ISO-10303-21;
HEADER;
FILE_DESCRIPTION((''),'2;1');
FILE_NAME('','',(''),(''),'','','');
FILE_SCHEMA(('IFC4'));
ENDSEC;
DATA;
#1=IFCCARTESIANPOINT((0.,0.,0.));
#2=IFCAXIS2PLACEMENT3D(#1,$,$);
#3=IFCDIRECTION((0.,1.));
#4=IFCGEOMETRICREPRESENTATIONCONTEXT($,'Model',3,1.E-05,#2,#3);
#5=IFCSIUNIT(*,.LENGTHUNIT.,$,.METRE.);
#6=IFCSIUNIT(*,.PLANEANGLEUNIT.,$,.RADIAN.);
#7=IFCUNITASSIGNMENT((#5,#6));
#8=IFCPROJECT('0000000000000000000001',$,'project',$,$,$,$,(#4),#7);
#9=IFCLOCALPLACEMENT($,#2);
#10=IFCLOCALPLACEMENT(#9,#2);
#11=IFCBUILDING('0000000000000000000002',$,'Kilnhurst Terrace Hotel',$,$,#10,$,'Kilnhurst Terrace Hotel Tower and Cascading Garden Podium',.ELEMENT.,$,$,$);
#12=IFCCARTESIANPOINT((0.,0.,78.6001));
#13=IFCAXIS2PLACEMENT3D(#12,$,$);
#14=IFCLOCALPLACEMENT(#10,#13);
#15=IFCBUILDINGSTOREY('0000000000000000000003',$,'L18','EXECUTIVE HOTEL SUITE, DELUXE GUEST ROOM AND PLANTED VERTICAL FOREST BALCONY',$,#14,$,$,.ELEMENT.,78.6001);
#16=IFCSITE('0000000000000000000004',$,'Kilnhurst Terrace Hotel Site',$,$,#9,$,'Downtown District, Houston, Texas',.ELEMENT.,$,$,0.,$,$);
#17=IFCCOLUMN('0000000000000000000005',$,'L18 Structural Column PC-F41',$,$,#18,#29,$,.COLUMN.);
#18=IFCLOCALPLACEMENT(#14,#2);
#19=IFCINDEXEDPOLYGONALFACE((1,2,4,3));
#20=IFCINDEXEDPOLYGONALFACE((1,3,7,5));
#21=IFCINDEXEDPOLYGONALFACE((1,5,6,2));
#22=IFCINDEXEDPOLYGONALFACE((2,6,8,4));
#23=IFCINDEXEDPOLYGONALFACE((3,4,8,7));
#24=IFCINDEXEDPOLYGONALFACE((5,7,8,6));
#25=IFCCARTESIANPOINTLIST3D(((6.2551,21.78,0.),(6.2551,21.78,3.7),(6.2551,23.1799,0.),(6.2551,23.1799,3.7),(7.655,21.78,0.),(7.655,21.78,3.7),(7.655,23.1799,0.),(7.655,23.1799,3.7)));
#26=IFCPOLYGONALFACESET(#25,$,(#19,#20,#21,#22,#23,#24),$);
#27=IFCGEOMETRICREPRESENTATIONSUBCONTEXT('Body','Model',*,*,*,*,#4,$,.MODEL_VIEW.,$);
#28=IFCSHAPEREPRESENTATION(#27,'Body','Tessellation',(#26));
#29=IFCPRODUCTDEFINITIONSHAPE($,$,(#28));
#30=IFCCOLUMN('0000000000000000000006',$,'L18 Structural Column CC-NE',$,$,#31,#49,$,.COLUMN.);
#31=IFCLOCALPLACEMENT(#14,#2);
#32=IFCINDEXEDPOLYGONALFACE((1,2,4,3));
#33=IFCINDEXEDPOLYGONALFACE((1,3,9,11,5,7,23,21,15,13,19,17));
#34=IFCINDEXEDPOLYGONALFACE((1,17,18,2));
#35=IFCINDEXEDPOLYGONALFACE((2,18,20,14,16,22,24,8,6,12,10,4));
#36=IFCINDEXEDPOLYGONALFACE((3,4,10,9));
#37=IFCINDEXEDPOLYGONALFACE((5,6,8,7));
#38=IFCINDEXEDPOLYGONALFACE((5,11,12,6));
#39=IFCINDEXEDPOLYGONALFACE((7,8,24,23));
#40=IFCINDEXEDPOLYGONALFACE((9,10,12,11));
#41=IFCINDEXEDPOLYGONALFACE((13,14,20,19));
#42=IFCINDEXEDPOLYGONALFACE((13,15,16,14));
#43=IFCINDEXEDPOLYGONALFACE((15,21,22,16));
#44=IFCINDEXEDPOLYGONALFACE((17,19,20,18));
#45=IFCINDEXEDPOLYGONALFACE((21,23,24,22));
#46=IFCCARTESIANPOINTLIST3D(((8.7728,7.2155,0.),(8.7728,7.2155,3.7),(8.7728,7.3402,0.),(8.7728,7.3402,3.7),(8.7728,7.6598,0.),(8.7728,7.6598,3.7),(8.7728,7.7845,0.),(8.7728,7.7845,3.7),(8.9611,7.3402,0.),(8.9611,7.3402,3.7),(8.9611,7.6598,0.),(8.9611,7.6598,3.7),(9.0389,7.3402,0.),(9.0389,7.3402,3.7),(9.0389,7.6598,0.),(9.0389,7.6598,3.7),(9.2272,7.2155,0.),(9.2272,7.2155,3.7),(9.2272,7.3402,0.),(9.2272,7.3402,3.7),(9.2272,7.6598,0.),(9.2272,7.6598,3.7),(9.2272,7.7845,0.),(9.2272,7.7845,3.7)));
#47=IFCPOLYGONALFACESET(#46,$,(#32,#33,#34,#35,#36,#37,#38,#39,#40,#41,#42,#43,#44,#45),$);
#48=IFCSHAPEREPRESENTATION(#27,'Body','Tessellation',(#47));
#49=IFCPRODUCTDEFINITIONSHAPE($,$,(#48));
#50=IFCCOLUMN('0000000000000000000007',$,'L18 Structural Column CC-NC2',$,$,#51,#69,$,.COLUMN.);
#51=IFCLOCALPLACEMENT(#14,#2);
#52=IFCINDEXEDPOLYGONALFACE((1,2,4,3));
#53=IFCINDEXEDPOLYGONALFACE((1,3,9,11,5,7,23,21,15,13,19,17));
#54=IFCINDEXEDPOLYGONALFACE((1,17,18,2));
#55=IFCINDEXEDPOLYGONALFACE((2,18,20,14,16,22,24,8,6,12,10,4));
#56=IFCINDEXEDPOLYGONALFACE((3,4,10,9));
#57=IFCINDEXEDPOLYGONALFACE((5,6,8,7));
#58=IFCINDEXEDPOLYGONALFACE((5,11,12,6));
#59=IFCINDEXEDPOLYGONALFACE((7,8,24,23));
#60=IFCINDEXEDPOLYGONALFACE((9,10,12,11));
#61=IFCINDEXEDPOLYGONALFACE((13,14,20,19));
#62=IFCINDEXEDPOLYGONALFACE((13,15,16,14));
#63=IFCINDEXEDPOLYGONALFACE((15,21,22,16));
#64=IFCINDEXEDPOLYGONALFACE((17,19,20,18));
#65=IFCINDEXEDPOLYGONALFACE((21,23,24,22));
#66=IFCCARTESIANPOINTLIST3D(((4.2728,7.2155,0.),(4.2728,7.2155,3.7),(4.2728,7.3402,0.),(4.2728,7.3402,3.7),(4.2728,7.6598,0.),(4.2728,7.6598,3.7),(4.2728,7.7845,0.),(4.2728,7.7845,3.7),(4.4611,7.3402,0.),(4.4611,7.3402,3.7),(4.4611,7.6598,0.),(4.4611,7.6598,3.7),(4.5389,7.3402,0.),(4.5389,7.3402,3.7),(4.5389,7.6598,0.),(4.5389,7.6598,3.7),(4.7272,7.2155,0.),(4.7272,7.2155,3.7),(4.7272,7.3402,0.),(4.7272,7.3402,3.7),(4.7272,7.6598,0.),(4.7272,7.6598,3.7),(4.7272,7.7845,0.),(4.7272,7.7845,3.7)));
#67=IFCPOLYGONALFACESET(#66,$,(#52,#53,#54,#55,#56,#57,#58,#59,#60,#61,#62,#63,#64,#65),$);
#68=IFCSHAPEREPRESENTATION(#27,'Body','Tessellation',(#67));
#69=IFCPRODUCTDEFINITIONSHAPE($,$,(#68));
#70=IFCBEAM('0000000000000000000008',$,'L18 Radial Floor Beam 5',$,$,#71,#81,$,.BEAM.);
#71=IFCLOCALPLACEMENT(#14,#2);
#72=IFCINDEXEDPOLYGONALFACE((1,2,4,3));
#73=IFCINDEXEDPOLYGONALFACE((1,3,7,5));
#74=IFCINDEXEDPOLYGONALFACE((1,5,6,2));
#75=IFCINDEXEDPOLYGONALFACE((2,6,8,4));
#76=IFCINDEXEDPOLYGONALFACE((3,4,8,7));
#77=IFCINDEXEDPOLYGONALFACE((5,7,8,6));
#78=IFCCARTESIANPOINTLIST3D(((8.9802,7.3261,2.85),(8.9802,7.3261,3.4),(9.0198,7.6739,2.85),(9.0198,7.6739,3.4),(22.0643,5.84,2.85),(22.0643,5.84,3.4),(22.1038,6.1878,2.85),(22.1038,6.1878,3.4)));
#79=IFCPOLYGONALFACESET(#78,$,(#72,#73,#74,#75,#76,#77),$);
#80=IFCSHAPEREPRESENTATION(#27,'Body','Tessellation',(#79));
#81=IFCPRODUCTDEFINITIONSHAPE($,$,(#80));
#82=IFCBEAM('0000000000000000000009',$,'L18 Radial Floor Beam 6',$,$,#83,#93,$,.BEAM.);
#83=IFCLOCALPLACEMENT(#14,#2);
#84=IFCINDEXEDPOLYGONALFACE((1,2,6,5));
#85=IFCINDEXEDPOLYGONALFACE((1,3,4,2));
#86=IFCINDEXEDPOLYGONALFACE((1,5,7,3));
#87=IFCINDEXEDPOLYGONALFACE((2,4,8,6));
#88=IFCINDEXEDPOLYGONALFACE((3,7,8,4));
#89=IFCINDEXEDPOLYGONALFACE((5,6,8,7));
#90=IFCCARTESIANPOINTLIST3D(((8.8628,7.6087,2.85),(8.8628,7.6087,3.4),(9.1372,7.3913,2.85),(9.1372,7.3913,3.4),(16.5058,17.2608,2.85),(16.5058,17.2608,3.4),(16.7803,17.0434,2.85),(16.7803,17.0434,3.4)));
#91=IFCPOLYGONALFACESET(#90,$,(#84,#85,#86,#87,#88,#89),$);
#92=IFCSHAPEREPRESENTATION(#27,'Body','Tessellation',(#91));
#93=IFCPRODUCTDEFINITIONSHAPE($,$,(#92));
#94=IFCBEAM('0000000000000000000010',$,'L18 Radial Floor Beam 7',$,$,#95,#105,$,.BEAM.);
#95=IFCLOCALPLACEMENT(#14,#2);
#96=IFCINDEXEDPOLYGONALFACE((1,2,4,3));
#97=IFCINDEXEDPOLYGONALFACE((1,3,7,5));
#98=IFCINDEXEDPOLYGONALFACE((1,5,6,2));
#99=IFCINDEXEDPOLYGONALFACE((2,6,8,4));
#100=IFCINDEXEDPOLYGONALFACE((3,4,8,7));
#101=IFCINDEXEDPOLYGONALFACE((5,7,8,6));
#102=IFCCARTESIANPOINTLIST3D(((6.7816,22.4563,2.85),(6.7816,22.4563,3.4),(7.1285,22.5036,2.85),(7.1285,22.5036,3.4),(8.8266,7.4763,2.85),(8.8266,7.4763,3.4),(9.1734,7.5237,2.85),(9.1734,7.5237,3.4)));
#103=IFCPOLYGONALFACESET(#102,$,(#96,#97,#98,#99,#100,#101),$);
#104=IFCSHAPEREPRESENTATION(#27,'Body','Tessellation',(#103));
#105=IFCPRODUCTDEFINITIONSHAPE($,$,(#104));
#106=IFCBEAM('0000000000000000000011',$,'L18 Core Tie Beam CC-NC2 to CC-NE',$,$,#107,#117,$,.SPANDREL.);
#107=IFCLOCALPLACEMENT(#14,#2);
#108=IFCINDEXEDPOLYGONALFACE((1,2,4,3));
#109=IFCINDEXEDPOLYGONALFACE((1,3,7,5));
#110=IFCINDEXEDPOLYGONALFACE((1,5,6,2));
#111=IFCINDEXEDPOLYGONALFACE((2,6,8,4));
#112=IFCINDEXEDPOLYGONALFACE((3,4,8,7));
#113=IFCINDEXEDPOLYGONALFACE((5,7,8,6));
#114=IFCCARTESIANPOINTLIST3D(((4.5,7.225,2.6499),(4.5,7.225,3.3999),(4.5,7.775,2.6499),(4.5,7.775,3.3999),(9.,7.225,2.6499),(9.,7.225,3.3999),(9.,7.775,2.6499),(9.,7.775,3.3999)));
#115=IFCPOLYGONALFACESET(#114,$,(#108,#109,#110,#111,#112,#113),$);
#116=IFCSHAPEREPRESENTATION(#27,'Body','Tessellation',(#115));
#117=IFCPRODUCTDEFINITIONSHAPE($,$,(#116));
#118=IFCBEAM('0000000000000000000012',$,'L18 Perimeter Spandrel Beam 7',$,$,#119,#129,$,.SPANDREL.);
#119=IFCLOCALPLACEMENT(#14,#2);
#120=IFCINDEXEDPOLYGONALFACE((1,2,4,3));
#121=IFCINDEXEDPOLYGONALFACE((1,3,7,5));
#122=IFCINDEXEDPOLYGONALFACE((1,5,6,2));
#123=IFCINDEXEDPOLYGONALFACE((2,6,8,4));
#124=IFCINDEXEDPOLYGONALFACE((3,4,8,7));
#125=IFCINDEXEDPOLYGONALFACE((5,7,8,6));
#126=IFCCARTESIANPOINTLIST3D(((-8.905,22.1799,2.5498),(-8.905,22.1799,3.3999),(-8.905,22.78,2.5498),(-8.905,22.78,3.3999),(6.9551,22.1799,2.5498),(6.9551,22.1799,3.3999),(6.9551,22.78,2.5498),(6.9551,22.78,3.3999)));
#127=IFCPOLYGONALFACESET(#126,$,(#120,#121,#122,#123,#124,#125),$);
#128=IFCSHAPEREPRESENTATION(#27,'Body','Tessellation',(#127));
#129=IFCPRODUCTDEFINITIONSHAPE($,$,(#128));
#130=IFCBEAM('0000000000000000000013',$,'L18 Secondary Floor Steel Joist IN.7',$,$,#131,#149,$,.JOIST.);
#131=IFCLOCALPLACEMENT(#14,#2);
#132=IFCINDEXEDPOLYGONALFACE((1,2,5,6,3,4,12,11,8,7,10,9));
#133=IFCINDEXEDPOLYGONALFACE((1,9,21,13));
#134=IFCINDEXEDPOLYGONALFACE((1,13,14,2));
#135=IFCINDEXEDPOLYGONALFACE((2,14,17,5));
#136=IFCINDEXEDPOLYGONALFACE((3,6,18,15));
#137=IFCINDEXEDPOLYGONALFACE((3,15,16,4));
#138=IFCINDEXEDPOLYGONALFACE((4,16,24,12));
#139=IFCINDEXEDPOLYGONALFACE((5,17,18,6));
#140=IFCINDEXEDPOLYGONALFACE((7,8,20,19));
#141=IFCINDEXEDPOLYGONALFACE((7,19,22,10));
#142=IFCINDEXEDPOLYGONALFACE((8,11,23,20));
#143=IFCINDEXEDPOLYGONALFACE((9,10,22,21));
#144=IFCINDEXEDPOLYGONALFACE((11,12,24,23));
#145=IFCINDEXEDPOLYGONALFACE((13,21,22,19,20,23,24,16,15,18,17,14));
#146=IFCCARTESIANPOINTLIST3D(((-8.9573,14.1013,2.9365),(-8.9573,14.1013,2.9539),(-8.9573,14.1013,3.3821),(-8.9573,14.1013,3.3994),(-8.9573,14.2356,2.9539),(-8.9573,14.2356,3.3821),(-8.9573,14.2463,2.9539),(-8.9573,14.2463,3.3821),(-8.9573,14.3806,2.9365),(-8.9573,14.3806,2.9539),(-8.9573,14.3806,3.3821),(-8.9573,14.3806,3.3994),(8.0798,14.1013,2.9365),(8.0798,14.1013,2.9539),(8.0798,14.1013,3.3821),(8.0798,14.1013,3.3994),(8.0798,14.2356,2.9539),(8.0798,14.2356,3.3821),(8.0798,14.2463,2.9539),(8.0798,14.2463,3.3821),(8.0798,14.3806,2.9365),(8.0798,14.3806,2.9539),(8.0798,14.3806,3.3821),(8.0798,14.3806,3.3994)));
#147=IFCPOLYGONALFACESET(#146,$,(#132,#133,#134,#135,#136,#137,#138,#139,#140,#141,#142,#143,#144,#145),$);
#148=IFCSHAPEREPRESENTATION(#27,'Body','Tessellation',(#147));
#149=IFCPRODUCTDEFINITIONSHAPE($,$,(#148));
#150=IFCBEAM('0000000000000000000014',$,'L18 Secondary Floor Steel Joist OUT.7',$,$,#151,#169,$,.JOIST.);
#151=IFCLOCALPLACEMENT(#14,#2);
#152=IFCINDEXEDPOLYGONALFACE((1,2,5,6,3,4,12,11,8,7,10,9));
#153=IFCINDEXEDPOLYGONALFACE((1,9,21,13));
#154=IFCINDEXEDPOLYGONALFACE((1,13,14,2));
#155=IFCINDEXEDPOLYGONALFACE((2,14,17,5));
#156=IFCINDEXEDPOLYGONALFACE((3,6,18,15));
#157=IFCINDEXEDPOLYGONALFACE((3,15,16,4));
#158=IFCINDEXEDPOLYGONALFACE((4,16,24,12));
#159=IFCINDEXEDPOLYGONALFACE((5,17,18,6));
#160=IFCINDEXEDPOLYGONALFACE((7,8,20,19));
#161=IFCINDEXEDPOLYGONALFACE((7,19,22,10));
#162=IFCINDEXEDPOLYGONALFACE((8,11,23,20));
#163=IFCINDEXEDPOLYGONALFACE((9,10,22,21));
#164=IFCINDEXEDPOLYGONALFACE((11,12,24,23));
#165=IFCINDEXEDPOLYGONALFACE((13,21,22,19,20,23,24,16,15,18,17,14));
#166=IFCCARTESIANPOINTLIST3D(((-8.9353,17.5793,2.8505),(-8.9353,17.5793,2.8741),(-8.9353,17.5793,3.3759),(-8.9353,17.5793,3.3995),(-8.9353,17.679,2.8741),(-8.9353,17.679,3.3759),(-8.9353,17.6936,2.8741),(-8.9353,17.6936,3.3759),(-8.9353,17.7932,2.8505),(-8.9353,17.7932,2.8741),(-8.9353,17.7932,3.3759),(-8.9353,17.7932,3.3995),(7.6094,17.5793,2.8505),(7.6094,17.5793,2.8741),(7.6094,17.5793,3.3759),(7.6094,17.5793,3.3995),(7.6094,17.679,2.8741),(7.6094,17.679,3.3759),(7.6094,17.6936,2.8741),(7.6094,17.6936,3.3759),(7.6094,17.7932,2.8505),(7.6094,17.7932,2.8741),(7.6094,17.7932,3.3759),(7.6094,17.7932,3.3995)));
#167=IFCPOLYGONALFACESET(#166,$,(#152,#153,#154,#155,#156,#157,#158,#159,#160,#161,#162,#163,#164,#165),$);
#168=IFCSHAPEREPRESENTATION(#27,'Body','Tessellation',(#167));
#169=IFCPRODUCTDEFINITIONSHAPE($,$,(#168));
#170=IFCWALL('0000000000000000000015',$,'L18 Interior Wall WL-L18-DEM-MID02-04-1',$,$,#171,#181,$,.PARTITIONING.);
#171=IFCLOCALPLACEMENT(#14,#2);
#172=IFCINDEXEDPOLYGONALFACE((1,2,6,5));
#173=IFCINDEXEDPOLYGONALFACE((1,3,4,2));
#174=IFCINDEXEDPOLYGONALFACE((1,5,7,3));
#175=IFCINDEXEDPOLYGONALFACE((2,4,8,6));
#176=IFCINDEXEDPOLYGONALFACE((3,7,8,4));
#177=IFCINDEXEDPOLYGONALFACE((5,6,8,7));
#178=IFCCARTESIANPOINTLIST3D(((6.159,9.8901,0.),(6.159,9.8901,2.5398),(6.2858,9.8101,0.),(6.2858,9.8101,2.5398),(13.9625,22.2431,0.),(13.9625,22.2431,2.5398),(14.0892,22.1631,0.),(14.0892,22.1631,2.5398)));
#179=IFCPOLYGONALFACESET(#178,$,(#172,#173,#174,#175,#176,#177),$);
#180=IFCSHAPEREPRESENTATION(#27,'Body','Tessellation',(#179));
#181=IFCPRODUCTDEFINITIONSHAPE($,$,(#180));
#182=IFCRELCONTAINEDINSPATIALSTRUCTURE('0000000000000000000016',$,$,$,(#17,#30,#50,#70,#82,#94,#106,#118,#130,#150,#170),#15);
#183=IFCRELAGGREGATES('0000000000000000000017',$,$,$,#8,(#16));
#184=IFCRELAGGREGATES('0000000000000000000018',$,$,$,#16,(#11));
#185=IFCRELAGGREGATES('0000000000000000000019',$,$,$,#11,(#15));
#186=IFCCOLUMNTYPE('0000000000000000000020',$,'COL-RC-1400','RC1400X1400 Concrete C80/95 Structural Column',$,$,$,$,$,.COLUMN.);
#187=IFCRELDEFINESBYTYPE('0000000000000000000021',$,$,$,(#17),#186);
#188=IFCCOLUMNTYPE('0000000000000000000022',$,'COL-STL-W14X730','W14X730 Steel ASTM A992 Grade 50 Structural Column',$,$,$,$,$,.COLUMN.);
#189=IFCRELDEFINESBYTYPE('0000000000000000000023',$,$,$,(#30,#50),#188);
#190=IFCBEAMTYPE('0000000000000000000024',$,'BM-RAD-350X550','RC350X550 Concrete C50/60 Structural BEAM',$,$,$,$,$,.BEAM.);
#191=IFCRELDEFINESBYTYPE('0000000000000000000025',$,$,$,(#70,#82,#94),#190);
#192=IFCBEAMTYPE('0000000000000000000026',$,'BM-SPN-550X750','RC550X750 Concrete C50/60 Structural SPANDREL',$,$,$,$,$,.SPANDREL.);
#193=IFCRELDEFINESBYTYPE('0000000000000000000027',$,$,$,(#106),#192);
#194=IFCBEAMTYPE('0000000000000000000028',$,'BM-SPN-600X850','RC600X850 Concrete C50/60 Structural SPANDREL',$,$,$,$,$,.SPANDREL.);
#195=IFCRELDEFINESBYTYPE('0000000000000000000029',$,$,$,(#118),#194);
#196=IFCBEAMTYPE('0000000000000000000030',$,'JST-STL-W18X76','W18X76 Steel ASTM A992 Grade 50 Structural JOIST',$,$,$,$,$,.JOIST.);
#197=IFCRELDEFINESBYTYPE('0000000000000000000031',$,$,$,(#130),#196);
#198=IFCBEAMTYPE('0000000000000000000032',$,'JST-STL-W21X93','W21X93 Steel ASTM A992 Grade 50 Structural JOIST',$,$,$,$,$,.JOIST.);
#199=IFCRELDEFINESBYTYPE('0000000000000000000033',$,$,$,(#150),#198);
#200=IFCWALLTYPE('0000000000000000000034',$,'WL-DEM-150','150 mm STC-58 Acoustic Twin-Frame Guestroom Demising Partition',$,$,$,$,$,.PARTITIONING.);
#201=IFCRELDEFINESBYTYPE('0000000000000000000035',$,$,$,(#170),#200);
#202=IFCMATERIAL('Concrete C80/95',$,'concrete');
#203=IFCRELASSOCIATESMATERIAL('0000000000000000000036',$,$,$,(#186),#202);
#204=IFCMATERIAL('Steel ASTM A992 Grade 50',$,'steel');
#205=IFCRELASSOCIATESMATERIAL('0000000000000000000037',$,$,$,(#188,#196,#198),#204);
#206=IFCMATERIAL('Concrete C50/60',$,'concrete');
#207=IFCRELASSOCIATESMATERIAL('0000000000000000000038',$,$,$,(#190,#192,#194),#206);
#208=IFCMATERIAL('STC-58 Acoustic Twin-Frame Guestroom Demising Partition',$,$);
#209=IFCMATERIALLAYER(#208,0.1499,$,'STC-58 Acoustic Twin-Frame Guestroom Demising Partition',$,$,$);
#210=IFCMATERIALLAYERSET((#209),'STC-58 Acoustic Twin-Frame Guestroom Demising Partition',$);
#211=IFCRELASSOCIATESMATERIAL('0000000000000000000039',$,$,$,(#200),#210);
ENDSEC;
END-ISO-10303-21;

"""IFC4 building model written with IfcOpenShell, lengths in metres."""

from ifc_helpers import new_model, si_unit, direction, frame, frame_2d, origin, origin_2d, place, context, subcontext, project, spatial, rectangle, i_section, extrude, material, layer, layer_set, material_profile, profile_set, type_object, element, save


model = new_model("IFC4")

# Units and contexts
model_context = context("Model", 3, precision=1e-05, world=origin(), true_north=direction((0.0, 1.0)))
body_context = subcontext(model_context, "Body", "Model", "MODEL_VIEW")
ifc_project = project(units=[si_unit("LENGTHUNIT", "METRE"), si_unit("PLANEANGLEUNIT", "RADIAN")], contexts=[model_context])

# Site, building, storey
site_placement = place(None, origin())
site = spatial("IfcSite", under=ifc_project, at=site_placement, Name="Kilnhurst Terrace Hotel Site", LongName="Downtown District, Houston, Texas", CompositionType="ELEMENT", RefElevation=0.0)
building_placement = place(site_placement, origin())
building = spatial("IfcBuilding", under=site, at=building_placement, Name="Kilnhurst Terrace Hotel", LongName="Kilnhurst Terrace Hotel Tower and Cascading Garden Podium", CompositionType="ELEMENT")
storey_placement = place(building_placement, frame((0.0, 0.0, 78.6001)))
storey = spatial("IfcBuildingStorey", under=building, at=storey_placement, Name="L18", Description="EXECUTIVE HOTEL SUITE, DELUXE GUEST ROOM AND PLANTED VERTICAL FOREST BALCONY", CompositionType="ELEMENT", Elevation=78.6001)

# Columns
ifc_material_1 = material(Name="Concrete C80/95", Category="concrete")
ifc_material_profile_1 = material_profile(ifc_material_1, rectangle(XDim=1.3999, YDim=1.3999, at=origin_2d()), Name="RC1400X1400")
ifc_profile_set_1 = profile_set([ifc_material_profile_1], Name="Concrete C80/95")
column_type_1 = type_object("IfcColumnType", Name="COL-RC-1400", Description="RC1400X1400 Concrete C80/95 Structural Column", PredefinedType="COLUMN", material=ifc_profile_set_1)
column_placement = place(storey_placement, frame((6.9551, 22.48, 0.0), z_axis=(0.0, 0.0, 1.0), x_axis=(1.0, 0.0, 0.0)))
element("IfcColumn", 1, at=column_placement, inside=storey, type_object=column_type_1, Name="L18 Structural Column PC-F41", PredefinedType="COLUMN", context=body_context, shape_type="SweptSolid", body=[
    extrude(rectangle(XDim=1.3999, YDim=1.3999, at=origin_2d()), origin(), (0.0, 0.0, 1.0), 3.7),
])
ifc_material_2 = material(Name="Steel ASTM A992 Grade 50", Category="steel")
ifc_material_profile_2 = material_profile(ifc_material_2, i_section(OverallWidth=0.4543, OverallDepth=0.5691, WebThickness=0.0779, FlangeThickness=0.1248, at=origin_2d()), Name="W14X730")
ifc_profile_set_2 = profile_set([ifc_material_profile_2], Name="Steel ASTM A992 Grade 50")
column_type_2 = type_object("IfcColumnType", Name="COL-STL-W14X730", Description="W14X730 Steel ASTM A992 Grade 50 Structural Column", PredefinedType="COLUMN", material=ifc_profile_set_2)
for number, where, z_axis, x_axis, name in (
    (2, (9.0, 7.5, 0.0), (0.0, 0.0, 1.0), (1.0, 0.0, 0.0), "L18 Structural Column CC-NE"),
    (3, (4.5, 7.5, 0.0), (0.0, 0.0, 1.0), (1.0, 0.0, 0.0), "L18 Structural Column CC-NC2"),
):
    element("IfcColumn", number, at=place(storey_placement, frame(where, z_axis=z_axis, x_axis=x_axis)), inside=storey, type_object=column_type_2, Name=name, PredefinedType="COLUMN", context=body_context, shape_type="SweptSolid", body=[
        extrude(i_section(OverallWidth=0.4543, OverallDepth=0.5691, WebThickness=0.0779, FlangeThickness=0.1248, at=origin_2d()), origin(), (0.0, 0.0, 1.0), 3.7),
    ])

# Beams
ifc_material_3 = material(Name="Concrete C50/60", Category="concrete")
ifc_material_profile_3 = material_profile(ifc_material_3, rectangle(XDim=0.3501, YDim=0.55, at=origin_2d()), Name="RC350X550")
ifc_profile_set_3 = profile_set([ifc_material_profile_3], Name="Concrete C50/60")
beam_type_1 = type_object("IfcBeamType", Name="BM-RAD-350X550", Description="RC350X550 Concrete C50/60 Structural BEAM", PredefinedType="BEAM", material=ifc_profile_set_3)
beam_1_placement = place(storey_placement, frame((9.0, 7.5, 3.125), z_axis=(0.993611, -0.112855, 0.0), x_axis=(0.112855, 0.993611, 0.0)))
element("IfcBeam", 4, at=beam_1_placement, inside=storey, type_object=beam_type_1, Name="L18 Radial Floor Beam 5", PredefinedType="BEAM", context=body_context, shape_type="SweptSolid", body=[
    extrude(rectangle(XDim=0.3501, YDim=0.55, at=origin_2d()), origin(), (0.0, 0.0, 1.0), 13.1682),
])
beam_2_placement = place(storey_placement, frame((9.0, 7.5, 3.125), z_axis=(0.620794, 0.783974, 0.0), x_axis=(-0.783974, 0.620794, 0.0)))
element("IfcBeam", 5, at=beam_2_placement, inside=storey, type_object=beam_type_1, Name="L18 Radial Floor Beam 6", PredefinedType="BEAM", context=body_context, shape_type="SweptSolid", body=[
    extrude(rectangle(XDim=0.3501, YDim=0.55, at=origin_2d()), origin(), (0.0, 0.0, 1.0), 12.3118),
])
beam_3_placement = place(storey_placement, frame((9.0, 7.5, 3.125), z_axis=(-0.135256, 0.990811, 0.0), x_axis=(-0.990811, -0.135256, 0.0)))
element("IfcBeam", 6, at=beam_3_placement, inside=storey, type_object=beam_type_1, Name="L18 Radial Floor Beam 7", PredefinedType="BEAM", context=body_context, shape_type="SweptSolid", body=[
    extrude(rectangle(XDim=0.3501, YDim=0.55, at=origin_2d()), origin(), (0.0, 0.0, 1.0), 15.1189),
])
ifc_material_profile_4 = material_profile(ifc_material_3, rectangle(XDim=0.55, YDim=0.75, at=origin_2d()), Name="RC550X750")
ifc_profile_set_4 = profile_set([ifc_material_profile_4], Name="Concrete C50/60")
beam_type_2 = type_object("IfcBeamType", Name="BM-SPN-550X750", Description="RC550X750 Concrete C50/60 Structural SPANDREL", PredefinedType="SPANDREL", material=ifc_profile_set_4)
beam_4_placement = place(storey_placement, frame((4.5, 7.5, 3.0249), z_axis=(1.0, 0.0, 0.0), x_axis=(0.0, 1.0, 0.0)))
element("IfcBeam", 7, at=beam_4_placement, inside=storey, type_object=beam_type_2, Name="L18 Core Tie Beam CC-NC2 to CC-NE", PredefinedType="SPANDREL", context=body_context, shape_type="SweptSolid", body=[
    extrude(rectangle(XDim=0.55, YDim=0.75, at=origin_2d()), origin(), (0.0, 0.0, 1.0), 4.5),
])
ifc_material_profile_5 = material_profile(ifc_material_3, rectangle(XDim=0.6001, YDim=0.8501, at=origin_2d()), Name="RC600X850")
ifc_profile_set_5 = profile_set([ifc_material_profile_5], Name="Concrete C50/60")
beam_type_3 = type_object("IfcBeamType", Name="BM-SPN-600X850", Description="RC600X850 Concrete C50/60 Structural SPANDREL", PredefinedType="SPANDREL", material=ifc_profile_set_5)
beam_5_placement = place(storey_placement, frame((6.9551, 22.48, 2.9749), z_axis=(-1.0, 0.0, 0.0), x_axis=(0.0, -1.0, 0.0)))
element("IfcBeam", 8, at=beam_5_placement, inside=storey, type_object=beam_type_3, Name="L18 Perimeter Spandrel Beam 7", PredefinedType="SPANDREL", context=body_context, shape_type="SweptSolid", body=[
    extrude(rectangle(XDim=0.6001, YDim=0.8501, at=origin_2d()), origin(), (0.0, 0.0, 1.0), 15.8601),
])
ifc_material_profile_6 = material_profile(ifc_material_2, i_section(OverallWidth=0.2793, OverallDepth=0.4629, WebThickness=0.0107, FlangeThickness=0.0173, at=origin_2d()), Name="W18X76")
ifc_profile_set_6 = profile_set([ifc_material_profile_6], Name="Steel ASTM A992 Grade 50")
beam_type_4 = type_object("IfcBeamType", Name="JST-STL-W18X76", Description="W18X76 Steel ASTM A992 Grade 50 Structural JOIST", PredefinedType="JOIST", material=ifc_profile_set_6)
beam_6_placement = place(storey_placement, frame((8.0798, 14.241, 3.168), z_axis=(-1.0, 0.0, 0.0), x_axis=(0.0, -1.0, 0.0)))
element("IfcBeam", 9, at=beam_6_placement, inside=storey, type_object=beam_type_4, Name="L18 Secondary Floor Steel Joist IN.7", PredefinedType="JOIST", context=body_context, shape_type="SweptSolid", body=[
    extrude(i_section(OverallWidth=0.2793, OverallDepth=0.4629, WebThickness=0.0107, FlangeThickness=0.0173, at=origin_2d()), origin(), (0.0, 0.0, 1.0), 17.0371),
])
ifc_material_profile_7 = material_profile(ifc_material_2, i_section(OverallWidth=0.2139, OverallDepth=0.5491, WebThickness=0.0146, FlangeThickness=0.0237, at=origin_2d()), Name="W21X93")
ifc_profile_set_7 = profile_set([ifc_material_profile_7], Name="Steel ASTM A992 Grade 50")
beam_type_5 = type_object("IfcBeamType", Name="JST-STL-W21X93", Description="W21X93 Steel ASTM A992 Grade 50 Structural JOIST", PredefinedType="JOIST", material=ifc_profile_set_7)
beam_7_placement = place(storey_placement, frame((7.6094, 17.6863, 3.125), z_axis=(-1.0, 0.0, 0.0), x_axis=(0.0, -1.0, 0.0)))
element("IfcBeam", 10, at=beam_7_placement, inside=storey, type_object=beam_type_5, Name="L18 Secondary Floor Steel Joist OUT.7", PredefinedType="JOIST", context=body_context, shape_type="SweptSolid", body=[
    extrude(i_section(OverallWidth=0.2139, OverallDepth=0.5491, WebThickness=0.0146, FlangeThickness=0.0237, at=origin_2d()), origin(), (0.0, 0.0, 1.0), 16.5447),
])

# Wall
ifc_material_4 = material(Name="STC-58 Acoustic Twin-Frame Guestroom Demising Partition")
ifc_layer_1 = layer(ifc_material_4, 0.1499, Name="STC-58 Acoustic Twin-Frame Guestroom Demising Partition")
ifc_layer_set_1 = layer_set([ifc_layer_1], Name="STC-58 Acoustic Twin-Frame Guestroom Demising Partition")
wall_type_1 = type_object("IfcWallType", Name="WL-DEM-150", Description="150 mm STC-58 Acoustic Twin-Frame Guestroom Demising Partition", PredefinedType="PARTITIONING", material=ifc_layer_set_1)
wall_1_placement = place(storey_placement, frame((6.2224, 9.8501, 0.0), z_axis=(0.0, 0.0, 1.0), x_axis=(0.534069, 0.845441, 0.0)))
element("IfcWall", 11, at=wall_1_placement, inside=storey, type_object=wall_type_1, Name="L18 Interior Wall WL-L18-DEM-MID02-04-1", PredefinedType="PARTITIONING", context=body_context, shape_type="SweptSolid", body=[
    extrude(rectangle(XDim=14.6113, YDim=0.1499, at=frame_2d((7.3057, 0.0))), origin(), (0.0, 0.0, 1.0), 2.5398),
])

save(model, "model.ifc")
